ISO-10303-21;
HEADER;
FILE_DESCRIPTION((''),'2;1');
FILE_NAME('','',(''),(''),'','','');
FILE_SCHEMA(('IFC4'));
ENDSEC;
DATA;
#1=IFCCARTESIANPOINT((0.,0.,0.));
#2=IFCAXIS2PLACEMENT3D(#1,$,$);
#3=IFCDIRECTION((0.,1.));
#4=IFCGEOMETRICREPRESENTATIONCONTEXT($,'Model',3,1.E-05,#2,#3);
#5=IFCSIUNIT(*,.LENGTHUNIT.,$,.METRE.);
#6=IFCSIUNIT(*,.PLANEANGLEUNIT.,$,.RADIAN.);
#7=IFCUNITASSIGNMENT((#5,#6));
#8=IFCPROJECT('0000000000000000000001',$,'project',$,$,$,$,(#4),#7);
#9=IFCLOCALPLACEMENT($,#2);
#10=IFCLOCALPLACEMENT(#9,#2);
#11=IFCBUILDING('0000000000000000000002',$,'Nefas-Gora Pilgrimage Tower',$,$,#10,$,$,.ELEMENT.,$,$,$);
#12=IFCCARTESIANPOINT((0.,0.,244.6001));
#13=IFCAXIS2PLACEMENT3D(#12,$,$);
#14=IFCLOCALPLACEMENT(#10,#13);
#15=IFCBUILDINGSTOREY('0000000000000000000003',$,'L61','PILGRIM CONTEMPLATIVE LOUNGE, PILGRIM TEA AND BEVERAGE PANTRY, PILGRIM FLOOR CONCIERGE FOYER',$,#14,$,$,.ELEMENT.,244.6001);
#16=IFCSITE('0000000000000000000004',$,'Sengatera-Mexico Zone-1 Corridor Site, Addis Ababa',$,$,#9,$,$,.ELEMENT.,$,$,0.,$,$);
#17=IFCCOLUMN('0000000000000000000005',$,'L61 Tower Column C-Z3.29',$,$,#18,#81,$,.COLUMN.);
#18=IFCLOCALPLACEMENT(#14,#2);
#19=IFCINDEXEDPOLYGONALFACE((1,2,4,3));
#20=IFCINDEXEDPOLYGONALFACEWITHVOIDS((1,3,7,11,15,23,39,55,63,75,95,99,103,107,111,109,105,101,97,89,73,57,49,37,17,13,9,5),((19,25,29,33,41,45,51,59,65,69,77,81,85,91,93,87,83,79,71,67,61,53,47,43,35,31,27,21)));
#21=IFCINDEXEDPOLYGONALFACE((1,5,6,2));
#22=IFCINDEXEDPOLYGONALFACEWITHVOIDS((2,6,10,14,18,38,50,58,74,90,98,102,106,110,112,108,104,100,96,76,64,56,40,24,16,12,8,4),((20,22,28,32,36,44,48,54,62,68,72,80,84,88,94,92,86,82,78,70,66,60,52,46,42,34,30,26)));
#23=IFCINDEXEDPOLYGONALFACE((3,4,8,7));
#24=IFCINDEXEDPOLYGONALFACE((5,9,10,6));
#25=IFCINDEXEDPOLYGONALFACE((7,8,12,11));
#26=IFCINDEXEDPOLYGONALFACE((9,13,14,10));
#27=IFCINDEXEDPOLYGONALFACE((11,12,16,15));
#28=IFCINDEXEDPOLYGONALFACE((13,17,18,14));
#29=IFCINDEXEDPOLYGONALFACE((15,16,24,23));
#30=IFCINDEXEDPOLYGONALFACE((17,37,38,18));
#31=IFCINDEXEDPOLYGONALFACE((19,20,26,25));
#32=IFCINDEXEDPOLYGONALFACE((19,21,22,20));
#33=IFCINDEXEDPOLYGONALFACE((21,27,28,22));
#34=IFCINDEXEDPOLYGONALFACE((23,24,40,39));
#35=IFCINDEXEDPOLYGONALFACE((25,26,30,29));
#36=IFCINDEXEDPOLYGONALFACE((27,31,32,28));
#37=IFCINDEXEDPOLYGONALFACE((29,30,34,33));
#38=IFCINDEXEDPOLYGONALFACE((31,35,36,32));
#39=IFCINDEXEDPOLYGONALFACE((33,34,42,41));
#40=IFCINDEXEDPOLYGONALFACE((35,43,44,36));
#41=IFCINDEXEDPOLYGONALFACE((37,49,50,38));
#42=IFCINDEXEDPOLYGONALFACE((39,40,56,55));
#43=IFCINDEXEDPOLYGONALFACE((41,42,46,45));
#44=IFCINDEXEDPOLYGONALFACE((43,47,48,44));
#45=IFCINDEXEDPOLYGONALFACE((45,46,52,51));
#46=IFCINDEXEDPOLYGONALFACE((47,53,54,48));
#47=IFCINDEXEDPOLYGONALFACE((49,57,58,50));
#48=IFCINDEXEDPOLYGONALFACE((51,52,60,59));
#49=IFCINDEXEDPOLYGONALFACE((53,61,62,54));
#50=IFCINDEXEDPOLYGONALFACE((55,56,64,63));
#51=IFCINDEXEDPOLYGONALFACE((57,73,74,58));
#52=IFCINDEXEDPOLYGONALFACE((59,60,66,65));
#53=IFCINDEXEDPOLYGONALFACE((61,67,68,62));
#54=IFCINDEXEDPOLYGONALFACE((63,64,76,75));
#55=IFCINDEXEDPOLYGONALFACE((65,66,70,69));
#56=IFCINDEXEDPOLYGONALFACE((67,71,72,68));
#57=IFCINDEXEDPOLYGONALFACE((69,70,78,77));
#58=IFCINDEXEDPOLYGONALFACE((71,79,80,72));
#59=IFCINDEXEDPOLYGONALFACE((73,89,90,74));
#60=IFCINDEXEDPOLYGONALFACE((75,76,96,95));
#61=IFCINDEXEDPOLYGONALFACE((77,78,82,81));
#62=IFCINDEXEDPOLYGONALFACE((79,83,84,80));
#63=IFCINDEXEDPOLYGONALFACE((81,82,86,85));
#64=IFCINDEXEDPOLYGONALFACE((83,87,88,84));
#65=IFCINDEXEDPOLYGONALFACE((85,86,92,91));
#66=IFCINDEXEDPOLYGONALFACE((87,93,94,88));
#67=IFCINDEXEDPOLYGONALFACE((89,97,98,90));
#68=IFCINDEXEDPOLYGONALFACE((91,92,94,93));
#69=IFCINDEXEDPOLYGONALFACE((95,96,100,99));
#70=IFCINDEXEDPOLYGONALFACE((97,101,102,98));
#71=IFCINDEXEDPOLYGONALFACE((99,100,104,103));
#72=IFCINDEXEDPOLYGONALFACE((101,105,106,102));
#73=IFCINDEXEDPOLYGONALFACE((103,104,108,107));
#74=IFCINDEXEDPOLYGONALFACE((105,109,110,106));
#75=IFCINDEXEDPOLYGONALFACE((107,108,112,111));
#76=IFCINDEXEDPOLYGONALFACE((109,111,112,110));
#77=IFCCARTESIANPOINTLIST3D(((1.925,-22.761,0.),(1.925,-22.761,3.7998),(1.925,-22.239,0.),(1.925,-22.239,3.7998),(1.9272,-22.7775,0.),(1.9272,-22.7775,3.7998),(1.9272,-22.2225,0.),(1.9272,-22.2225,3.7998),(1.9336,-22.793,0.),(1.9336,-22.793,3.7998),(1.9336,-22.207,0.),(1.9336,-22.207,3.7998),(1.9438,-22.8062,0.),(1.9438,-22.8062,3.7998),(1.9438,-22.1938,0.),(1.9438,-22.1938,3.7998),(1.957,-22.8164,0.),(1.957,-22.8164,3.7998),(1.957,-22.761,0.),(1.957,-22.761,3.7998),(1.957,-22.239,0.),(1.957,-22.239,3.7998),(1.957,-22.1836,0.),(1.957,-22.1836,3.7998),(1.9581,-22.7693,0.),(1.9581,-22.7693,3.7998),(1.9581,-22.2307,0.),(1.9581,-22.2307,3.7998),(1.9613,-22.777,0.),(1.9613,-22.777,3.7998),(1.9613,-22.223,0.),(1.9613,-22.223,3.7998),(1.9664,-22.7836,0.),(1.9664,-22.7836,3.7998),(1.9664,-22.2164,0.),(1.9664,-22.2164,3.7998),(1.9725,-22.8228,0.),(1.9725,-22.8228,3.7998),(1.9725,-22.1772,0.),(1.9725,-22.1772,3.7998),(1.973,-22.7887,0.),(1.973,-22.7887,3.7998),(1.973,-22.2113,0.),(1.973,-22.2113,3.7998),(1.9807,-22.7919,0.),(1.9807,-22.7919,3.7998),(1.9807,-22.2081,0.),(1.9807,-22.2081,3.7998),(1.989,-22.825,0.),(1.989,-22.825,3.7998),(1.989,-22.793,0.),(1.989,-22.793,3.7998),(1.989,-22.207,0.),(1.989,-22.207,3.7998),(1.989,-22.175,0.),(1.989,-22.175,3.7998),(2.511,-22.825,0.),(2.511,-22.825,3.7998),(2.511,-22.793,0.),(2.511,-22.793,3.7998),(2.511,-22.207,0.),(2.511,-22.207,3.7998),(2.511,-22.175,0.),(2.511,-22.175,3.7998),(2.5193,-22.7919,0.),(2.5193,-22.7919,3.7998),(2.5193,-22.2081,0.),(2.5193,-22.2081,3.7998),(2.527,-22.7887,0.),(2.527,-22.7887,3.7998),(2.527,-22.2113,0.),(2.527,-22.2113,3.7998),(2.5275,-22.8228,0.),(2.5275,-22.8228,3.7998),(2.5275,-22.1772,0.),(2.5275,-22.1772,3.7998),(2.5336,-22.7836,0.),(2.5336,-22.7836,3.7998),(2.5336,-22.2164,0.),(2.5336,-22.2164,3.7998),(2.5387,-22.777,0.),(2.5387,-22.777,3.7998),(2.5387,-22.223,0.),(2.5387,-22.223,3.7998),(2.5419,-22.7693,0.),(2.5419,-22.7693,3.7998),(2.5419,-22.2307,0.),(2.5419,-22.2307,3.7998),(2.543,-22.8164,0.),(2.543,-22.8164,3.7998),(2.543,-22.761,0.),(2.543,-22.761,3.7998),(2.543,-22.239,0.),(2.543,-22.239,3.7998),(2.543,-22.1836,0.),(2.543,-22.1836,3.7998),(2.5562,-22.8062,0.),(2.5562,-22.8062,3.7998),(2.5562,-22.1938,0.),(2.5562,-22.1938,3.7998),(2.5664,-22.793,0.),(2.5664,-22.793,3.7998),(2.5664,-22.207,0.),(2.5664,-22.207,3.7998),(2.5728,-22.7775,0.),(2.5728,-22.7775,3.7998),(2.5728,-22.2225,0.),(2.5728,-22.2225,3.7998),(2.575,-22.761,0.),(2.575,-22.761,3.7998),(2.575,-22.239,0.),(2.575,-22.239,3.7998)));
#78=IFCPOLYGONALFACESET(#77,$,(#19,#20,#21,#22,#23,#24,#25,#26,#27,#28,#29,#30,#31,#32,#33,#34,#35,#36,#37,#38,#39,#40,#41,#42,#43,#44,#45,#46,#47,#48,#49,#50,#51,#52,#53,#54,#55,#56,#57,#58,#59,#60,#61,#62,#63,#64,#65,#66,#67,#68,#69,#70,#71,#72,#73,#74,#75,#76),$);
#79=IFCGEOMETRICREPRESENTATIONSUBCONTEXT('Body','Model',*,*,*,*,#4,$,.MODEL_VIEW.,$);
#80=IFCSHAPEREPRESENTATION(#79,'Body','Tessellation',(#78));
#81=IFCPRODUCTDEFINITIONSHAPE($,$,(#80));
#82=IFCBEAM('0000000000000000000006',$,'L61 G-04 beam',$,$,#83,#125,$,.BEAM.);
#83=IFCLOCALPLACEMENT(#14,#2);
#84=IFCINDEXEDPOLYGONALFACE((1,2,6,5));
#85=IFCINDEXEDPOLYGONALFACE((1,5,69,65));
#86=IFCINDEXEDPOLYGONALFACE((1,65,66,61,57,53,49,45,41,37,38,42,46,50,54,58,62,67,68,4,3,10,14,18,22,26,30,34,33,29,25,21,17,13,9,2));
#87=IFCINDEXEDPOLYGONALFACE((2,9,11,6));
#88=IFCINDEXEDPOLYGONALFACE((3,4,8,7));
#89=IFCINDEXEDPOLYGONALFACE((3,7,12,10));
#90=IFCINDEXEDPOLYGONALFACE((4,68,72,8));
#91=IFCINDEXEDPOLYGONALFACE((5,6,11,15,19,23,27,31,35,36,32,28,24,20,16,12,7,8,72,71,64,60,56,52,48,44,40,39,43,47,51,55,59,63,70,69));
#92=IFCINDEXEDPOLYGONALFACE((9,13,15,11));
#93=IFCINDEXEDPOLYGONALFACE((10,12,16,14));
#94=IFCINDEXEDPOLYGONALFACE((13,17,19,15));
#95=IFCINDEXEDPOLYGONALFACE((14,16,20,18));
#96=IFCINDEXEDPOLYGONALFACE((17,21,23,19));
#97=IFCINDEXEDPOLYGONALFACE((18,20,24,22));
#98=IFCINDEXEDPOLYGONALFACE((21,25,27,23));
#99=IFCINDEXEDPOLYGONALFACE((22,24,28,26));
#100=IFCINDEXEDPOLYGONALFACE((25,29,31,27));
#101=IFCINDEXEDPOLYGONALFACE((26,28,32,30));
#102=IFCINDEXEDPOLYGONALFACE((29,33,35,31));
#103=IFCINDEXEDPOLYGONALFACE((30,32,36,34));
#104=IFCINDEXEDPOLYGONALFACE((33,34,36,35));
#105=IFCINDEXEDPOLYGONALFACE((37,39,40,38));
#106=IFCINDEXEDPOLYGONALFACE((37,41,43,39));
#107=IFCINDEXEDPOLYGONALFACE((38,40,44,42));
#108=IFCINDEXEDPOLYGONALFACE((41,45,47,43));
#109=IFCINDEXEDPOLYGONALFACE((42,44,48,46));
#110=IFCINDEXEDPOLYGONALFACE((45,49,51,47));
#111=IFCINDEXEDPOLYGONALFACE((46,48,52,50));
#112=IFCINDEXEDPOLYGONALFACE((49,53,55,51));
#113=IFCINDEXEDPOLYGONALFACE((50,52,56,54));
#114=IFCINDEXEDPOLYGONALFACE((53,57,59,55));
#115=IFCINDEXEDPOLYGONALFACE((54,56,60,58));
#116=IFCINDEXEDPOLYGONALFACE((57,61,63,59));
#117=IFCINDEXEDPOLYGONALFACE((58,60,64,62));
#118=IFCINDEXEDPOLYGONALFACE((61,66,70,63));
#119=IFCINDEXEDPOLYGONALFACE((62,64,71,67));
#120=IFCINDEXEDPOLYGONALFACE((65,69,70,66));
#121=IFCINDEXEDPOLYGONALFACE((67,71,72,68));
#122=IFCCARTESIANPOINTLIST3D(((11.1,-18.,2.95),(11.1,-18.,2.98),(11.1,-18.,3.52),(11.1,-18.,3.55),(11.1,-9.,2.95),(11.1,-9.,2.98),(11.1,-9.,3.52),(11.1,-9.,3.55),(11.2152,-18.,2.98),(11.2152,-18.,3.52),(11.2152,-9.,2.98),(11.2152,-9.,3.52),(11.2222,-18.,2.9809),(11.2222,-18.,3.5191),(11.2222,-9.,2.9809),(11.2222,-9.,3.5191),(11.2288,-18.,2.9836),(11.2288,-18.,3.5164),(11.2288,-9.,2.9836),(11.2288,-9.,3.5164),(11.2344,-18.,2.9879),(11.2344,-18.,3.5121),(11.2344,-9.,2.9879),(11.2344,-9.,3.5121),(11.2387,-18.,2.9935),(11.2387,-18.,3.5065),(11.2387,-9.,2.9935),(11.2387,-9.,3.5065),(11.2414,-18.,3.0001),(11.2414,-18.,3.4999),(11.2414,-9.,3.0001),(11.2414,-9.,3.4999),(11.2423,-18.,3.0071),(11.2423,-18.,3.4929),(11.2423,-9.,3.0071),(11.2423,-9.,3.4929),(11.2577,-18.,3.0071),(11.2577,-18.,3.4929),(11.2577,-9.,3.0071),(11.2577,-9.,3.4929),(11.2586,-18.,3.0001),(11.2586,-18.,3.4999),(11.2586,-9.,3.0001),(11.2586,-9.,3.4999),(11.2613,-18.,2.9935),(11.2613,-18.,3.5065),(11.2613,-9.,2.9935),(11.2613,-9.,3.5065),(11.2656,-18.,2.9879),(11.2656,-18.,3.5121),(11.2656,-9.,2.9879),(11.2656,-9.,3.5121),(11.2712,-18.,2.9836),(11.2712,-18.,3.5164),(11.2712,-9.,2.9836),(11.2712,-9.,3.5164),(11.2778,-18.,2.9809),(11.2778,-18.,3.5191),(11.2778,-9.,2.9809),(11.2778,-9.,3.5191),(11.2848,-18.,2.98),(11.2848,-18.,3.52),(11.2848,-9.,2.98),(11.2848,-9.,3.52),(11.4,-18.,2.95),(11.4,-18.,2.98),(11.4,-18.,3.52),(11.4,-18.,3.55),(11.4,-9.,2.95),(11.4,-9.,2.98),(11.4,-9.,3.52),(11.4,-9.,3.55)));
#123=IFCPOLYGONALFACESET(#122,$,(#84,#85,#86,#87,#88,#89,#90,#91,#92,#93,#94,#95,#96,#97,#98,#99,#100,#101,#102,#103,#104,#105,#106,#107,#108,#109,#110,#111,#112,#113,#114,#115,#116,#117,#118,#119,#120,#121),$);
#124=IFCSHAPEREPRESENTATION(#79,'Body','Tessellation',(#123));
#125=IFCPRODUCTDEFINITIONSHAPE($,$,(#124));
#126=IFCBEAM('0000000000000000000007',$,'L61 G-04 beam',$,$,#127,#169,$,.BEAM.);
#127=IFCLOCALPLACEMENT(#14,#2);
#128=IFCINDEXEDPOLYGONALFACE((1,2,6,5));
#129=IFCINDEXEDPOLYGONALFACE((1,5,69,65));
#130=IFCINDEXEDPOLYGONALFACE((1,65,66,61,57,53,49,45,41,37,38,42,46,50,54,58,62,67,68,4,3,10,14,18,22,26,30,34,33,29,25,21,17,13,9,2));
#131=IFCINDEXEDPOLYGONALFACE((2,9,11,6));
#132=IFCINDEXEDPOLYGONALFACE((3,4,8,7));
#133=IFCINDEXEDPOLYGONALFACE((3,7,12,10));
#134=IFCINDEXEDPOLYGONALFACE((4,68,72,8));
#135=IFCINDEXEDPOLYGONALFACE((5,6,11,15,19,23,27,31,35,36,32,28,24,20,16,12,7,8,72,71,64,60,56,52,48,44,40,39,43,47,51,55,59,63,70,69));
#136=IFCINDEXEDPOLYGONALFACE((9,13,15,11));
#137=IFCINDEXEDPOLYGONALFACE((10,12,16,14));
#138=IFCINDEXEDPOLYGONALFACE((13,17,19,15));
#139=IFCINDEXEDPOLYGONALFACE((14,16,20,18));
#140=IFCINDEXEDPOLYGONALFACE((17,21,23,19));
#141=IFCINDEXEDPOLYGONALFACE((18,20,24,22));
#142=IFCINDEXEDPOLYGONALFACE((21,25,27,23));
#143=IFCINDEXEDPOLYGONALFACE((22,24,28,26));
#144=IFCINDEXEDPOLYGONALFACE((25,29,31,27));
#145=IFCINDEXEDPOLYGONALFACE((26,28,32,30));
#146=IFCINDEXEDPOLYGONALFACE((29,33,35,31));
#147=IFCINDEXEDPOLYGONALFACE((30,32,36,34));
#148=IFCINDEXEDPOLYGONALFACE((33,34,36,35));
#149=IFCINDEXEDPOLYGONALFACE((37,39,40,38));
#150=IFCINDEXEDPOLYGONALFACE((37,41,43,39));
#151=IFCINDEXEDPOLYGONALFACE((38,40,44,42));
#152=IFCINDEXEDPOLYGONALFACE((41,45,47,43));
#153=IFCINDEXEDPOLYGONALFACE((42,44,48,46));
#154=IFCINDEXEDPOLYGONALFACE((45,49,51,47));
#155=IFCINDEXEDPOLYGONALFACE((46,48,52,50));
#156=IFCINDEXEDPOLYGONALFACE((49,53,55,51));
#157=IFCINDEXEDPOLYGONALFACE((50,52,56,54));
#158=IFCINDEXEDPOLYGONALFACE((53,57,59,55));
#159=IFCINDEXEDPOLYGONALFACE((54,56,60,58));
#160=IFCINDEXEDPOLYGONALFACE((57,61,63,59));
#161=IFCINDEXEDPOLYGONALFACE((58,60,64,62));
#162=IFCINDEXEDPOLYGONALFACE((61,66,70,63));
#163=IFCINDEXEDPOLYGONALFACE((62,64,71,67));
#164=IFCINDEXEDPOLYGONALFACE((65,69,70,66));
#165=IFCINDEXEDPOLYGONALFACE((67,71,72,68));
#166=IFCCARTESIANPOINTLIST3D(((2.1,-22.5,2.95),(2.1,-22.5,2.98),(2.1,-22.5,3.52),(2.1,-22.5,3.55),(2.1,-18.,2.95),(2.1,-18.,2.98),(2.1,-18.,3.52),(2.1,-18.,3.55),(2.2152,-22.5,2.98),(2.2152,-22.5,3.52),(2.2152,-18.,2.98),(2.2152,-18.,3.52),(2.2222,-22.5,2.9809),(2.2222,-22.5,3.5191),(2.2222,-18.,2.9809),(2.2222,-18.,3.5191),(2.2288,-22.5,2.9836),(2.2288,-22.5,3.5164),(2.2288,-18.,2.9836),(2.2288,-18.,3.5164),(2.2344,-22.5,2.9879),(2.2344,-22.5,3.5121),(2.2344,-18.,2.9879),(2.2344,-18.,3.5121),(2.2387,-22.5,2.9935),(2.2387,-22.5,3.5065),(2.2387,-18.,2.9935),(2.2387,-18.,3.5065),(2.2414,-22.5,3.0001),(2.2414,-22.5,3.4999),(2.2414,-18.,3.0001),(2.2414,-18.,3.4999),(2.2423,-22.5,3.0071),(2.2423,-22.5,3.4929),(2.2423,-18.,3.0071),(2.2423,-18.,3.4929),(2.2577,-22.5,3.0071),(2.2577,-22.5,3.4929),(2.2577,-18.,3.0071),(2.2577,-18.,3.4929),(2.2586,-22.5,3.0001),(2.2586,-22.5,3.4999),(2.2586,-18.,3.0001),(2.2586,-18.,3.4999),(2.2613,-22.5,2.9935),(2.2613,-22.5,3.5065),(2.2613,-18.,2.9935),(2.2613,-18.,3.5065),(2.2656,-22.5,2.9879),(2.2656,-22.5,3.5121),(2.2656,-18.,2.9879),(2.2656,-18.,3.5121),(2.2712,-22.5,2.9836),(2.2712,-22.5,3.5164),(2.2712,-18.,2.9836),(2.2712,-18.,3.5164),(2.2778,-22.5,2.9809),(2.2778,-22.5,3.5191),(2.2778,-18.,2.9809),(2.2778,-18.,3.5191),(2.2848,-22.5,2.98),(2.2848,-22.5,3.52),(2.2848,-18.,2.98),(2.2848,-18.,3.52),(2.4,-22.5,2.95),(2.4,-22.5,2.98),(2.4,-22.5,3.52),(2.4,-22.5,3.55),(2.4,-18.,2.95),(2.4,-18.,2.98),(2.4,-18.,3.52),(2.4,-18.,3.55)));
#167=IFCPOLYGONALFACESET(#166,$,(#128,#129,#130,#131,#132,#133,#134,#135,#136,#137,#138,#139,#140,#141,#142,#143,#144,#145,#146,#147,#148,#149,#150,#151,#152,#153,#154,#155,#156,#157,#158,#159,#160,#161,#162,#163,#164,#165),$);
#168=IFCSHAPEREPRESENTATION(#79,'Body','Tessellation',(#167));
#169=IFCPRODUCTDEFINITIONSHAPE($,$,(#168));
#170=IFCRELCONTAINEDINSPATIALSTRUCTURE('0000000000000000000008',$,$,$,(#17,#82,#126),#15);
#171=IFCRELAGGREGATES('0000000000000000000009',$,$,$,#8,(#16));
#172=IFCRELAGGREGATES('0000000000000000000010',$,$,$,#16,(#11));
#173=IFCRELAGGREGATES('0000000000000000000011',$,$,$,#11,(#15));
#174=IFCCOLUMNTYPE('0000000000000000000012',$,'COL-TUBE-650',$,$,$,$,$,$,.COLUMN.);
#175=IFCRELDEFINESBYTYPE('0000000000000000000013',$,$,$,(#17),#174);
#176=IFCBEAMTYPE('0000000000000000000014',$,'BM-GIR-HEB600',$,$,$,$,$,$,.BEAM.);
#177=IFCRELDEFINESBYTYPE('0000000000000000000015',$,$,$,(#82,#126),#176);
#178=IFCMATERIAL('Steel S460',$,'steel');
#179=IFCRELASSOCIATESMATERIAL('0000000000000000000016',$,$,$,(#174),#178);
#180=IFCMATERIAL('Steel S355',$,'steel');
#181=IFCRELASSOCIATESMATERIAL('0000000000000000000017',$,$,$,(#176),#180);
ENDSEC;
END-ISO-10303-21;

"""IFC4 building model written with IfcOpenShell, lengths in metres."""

from ifc_helpers import new_model, si_unit, direction, frame, origin, origin_2d, place, context, subcontext, project, spatial, hollow_rectangle, i_section, extrude, source, transform, mapped, material, material_profile, profile_set, type_object, element, save


model = new_model("IFC4")

# Units and contexts
model_context = context("Model", 3, precision=1e-05, world=origin(), true_north=direction((0.0, 1.0)))
body_context = subcontext(model_context, "Body", "Model", "MODEL_VIEW")
ifc_project = project(units=[si_unit("LENGTHUNIT", "METRE"), si_unit("PLANEANGLEUNIT", "RADIAN")], contexts=[model_context])

# Site, building, storey
site_placement = place(None, origin())
site = spatial("IfcSite", under=ifc_project, at=site_placement, Name="Sengatera-Mexico Zone-1 Corridor Site, Addis Ababa", CompositionType="ELEMENT", RefElevation=0.0)
building_placement = place(site_placement, origin())
building = spatial("IfcBuilding", under=site, at=building_placement, Name="Nefas-Gora Pilgrimage Tower", CompositionType="ELEMENT")
storey_placement = place(building_placement, frame((0.0, 0.0, 244.6001)))
storey = spatial("IfcBuildingStorey", under=building, at=storey_placement, Name="L61", Description="PILGRIM CONTEMPLATIVE LOUNGE, PILGRIM TEA AND BEVERAGE PANTRY, PILGRIM FLOOR CONCIERGE FOYER", CompositionType="ELEMENT", Elevation=244.6001)

# Column
ifc_material_1 = material(Name="Steel S460", Category="steel")
ifc_material_profile_1 = material_profile(ifc_material_1, hollow_rectangle(XDim=0.6499, YDim=0.6499, WallThickness=0.032, InnerFilletRadius=0.032, OuterFilletRadius=0.064, at=origin_2d()), Name="BOX 650x650x32")
ifc_profile_set_1 = profile_set([ifc_material_profile_1], Name="Steel S460")
column_type_1 = type_object("IfcColumnType", Name="COL-TUBE-650", PredefinedType="COLUMN", material=ifc_profile_set_1)
shared_shape_1 = source(origin(), body_context, "Body", "SweptSolid", [
    extrude(hollow_rectangle(XDim=0.6499, YDim=0.6499, WallThickness=0.032, InnerFilletRadius=0.032, OuterFilletRadius=0.064, at=origin_2d()), origin(), (0.0, 0.0, 1.0), 3.7998),
])
column_placement = place(storey_placement, frame((2.25, -22.5, 0.0), z_axis=(0.0, 0.0, 1.0), x_axis=(1.0, 0.0, 0.0)))
element("IfcColumn", 1, at=column_placement, inside=storey, type_object=column_type_1, Name="L61 Tower Column C-Z3.29", PredefinedType="COLUMN", context=body_context, shape_type="MappedRepresentation", body=[
    mapped(shared_shape_1, transform((0.0, 0.0, 0.0), x_axis=(1.0, 0.0, 0.0), y_axis=(0.0, 1.0, 0.0), z_axis=(0.0, 0.0, 1.0), scale=1.0)),
])

# Beams
ifc_material_2 = material(Name="Steel S355", Category="steel")
ifc_material_profile_2 = material_profile(ifc_material_2, i_section(OverallWidth=0.3, OverallDepth=0.6001, WebThickness=0.0154, FlangeThickness=0.03, FilletRadius=0.0271, at=origin_2d()), Name="HEB 600")
ifc_profile_set_2 = profile_set([ifc_material_profile_2], Name="Steel S355")
beam_type = type_object("IfcBeamType", Name="BM-GIR-HEB600", PredefinedType="BEAM", material=ifc_profile_set_2)
shared_shape_2 = source(origin(), body_context, "Body", "SweptSolid", [
    extrude(i_section(OverallWidth=0.3, OverallDepth=0.6001, WebThickness=0.0154, FlangeThickness=0.03, FilletRadius=0.0271, at=origin_2d()), origin(), (0.0, 0.0, 1.0), 9.0),
])
beam_placement = place(storey_placement, frame((11.25, -18.0, 3.25), z_axis=(0.0, 1.0, 0.0), x_axis=(-1.0, 0.0, 0.0)))
element("IfcBeam", 2, at=beam_placement, inside=storey, type_object=beam_type, Name="L61 G-04 beam", PredefinedType="BEAM", context=body_context, shape_type="MappedRepresentation", body=[
    mapped(shared_shape_2, transform((0.0, 0.0, 0.0), x_axis=(1.0, 0.0, 0.0), y_axis=(0.0, 1.0, 0.0), z_axis=(0.0, 0.0, 1.0), scale=1.0)),
])
shared_shape_3 = source(origin(), body_context, "Body", "SweptSolid", [
    extrude(i_section(OverallWidth=0.3, OverallDepth=0.6001, WebThickness=0.0154, FlangeThickness=0.03, FilletRadius=0.0271, at=origin_2d()), origin(), (0.0, 0.0, 1.0), 4.5),
])
for number, where, z_axis, x_axis, name in (
    (3, (2.25, -22.5, 3.25), (0.0, 1.0, 0.0), (-1.0, 0.0, 0.0), "L61 G-04 beam"),
):
    element("IfcBeam", number, at=place(storey_placement, frame(where, z_axis=z_axis, x_axis=x_axis)), inside=storey, type_object=beam_type, Name=name, PredefinedType="BEAM", context=body_context, shape_type="MappedRepresentation", body=[
        mapped(shared_shape_3, transform((0.0, 0.0, 0.0), x_axis=(1.0, 0.0, 0.0), y_axis=(0.0, 1.0, 0.0), z_axis=(0.0, 0.0, 1.0), scale=1.0)),
    ])

save(model, "model.ifc")
